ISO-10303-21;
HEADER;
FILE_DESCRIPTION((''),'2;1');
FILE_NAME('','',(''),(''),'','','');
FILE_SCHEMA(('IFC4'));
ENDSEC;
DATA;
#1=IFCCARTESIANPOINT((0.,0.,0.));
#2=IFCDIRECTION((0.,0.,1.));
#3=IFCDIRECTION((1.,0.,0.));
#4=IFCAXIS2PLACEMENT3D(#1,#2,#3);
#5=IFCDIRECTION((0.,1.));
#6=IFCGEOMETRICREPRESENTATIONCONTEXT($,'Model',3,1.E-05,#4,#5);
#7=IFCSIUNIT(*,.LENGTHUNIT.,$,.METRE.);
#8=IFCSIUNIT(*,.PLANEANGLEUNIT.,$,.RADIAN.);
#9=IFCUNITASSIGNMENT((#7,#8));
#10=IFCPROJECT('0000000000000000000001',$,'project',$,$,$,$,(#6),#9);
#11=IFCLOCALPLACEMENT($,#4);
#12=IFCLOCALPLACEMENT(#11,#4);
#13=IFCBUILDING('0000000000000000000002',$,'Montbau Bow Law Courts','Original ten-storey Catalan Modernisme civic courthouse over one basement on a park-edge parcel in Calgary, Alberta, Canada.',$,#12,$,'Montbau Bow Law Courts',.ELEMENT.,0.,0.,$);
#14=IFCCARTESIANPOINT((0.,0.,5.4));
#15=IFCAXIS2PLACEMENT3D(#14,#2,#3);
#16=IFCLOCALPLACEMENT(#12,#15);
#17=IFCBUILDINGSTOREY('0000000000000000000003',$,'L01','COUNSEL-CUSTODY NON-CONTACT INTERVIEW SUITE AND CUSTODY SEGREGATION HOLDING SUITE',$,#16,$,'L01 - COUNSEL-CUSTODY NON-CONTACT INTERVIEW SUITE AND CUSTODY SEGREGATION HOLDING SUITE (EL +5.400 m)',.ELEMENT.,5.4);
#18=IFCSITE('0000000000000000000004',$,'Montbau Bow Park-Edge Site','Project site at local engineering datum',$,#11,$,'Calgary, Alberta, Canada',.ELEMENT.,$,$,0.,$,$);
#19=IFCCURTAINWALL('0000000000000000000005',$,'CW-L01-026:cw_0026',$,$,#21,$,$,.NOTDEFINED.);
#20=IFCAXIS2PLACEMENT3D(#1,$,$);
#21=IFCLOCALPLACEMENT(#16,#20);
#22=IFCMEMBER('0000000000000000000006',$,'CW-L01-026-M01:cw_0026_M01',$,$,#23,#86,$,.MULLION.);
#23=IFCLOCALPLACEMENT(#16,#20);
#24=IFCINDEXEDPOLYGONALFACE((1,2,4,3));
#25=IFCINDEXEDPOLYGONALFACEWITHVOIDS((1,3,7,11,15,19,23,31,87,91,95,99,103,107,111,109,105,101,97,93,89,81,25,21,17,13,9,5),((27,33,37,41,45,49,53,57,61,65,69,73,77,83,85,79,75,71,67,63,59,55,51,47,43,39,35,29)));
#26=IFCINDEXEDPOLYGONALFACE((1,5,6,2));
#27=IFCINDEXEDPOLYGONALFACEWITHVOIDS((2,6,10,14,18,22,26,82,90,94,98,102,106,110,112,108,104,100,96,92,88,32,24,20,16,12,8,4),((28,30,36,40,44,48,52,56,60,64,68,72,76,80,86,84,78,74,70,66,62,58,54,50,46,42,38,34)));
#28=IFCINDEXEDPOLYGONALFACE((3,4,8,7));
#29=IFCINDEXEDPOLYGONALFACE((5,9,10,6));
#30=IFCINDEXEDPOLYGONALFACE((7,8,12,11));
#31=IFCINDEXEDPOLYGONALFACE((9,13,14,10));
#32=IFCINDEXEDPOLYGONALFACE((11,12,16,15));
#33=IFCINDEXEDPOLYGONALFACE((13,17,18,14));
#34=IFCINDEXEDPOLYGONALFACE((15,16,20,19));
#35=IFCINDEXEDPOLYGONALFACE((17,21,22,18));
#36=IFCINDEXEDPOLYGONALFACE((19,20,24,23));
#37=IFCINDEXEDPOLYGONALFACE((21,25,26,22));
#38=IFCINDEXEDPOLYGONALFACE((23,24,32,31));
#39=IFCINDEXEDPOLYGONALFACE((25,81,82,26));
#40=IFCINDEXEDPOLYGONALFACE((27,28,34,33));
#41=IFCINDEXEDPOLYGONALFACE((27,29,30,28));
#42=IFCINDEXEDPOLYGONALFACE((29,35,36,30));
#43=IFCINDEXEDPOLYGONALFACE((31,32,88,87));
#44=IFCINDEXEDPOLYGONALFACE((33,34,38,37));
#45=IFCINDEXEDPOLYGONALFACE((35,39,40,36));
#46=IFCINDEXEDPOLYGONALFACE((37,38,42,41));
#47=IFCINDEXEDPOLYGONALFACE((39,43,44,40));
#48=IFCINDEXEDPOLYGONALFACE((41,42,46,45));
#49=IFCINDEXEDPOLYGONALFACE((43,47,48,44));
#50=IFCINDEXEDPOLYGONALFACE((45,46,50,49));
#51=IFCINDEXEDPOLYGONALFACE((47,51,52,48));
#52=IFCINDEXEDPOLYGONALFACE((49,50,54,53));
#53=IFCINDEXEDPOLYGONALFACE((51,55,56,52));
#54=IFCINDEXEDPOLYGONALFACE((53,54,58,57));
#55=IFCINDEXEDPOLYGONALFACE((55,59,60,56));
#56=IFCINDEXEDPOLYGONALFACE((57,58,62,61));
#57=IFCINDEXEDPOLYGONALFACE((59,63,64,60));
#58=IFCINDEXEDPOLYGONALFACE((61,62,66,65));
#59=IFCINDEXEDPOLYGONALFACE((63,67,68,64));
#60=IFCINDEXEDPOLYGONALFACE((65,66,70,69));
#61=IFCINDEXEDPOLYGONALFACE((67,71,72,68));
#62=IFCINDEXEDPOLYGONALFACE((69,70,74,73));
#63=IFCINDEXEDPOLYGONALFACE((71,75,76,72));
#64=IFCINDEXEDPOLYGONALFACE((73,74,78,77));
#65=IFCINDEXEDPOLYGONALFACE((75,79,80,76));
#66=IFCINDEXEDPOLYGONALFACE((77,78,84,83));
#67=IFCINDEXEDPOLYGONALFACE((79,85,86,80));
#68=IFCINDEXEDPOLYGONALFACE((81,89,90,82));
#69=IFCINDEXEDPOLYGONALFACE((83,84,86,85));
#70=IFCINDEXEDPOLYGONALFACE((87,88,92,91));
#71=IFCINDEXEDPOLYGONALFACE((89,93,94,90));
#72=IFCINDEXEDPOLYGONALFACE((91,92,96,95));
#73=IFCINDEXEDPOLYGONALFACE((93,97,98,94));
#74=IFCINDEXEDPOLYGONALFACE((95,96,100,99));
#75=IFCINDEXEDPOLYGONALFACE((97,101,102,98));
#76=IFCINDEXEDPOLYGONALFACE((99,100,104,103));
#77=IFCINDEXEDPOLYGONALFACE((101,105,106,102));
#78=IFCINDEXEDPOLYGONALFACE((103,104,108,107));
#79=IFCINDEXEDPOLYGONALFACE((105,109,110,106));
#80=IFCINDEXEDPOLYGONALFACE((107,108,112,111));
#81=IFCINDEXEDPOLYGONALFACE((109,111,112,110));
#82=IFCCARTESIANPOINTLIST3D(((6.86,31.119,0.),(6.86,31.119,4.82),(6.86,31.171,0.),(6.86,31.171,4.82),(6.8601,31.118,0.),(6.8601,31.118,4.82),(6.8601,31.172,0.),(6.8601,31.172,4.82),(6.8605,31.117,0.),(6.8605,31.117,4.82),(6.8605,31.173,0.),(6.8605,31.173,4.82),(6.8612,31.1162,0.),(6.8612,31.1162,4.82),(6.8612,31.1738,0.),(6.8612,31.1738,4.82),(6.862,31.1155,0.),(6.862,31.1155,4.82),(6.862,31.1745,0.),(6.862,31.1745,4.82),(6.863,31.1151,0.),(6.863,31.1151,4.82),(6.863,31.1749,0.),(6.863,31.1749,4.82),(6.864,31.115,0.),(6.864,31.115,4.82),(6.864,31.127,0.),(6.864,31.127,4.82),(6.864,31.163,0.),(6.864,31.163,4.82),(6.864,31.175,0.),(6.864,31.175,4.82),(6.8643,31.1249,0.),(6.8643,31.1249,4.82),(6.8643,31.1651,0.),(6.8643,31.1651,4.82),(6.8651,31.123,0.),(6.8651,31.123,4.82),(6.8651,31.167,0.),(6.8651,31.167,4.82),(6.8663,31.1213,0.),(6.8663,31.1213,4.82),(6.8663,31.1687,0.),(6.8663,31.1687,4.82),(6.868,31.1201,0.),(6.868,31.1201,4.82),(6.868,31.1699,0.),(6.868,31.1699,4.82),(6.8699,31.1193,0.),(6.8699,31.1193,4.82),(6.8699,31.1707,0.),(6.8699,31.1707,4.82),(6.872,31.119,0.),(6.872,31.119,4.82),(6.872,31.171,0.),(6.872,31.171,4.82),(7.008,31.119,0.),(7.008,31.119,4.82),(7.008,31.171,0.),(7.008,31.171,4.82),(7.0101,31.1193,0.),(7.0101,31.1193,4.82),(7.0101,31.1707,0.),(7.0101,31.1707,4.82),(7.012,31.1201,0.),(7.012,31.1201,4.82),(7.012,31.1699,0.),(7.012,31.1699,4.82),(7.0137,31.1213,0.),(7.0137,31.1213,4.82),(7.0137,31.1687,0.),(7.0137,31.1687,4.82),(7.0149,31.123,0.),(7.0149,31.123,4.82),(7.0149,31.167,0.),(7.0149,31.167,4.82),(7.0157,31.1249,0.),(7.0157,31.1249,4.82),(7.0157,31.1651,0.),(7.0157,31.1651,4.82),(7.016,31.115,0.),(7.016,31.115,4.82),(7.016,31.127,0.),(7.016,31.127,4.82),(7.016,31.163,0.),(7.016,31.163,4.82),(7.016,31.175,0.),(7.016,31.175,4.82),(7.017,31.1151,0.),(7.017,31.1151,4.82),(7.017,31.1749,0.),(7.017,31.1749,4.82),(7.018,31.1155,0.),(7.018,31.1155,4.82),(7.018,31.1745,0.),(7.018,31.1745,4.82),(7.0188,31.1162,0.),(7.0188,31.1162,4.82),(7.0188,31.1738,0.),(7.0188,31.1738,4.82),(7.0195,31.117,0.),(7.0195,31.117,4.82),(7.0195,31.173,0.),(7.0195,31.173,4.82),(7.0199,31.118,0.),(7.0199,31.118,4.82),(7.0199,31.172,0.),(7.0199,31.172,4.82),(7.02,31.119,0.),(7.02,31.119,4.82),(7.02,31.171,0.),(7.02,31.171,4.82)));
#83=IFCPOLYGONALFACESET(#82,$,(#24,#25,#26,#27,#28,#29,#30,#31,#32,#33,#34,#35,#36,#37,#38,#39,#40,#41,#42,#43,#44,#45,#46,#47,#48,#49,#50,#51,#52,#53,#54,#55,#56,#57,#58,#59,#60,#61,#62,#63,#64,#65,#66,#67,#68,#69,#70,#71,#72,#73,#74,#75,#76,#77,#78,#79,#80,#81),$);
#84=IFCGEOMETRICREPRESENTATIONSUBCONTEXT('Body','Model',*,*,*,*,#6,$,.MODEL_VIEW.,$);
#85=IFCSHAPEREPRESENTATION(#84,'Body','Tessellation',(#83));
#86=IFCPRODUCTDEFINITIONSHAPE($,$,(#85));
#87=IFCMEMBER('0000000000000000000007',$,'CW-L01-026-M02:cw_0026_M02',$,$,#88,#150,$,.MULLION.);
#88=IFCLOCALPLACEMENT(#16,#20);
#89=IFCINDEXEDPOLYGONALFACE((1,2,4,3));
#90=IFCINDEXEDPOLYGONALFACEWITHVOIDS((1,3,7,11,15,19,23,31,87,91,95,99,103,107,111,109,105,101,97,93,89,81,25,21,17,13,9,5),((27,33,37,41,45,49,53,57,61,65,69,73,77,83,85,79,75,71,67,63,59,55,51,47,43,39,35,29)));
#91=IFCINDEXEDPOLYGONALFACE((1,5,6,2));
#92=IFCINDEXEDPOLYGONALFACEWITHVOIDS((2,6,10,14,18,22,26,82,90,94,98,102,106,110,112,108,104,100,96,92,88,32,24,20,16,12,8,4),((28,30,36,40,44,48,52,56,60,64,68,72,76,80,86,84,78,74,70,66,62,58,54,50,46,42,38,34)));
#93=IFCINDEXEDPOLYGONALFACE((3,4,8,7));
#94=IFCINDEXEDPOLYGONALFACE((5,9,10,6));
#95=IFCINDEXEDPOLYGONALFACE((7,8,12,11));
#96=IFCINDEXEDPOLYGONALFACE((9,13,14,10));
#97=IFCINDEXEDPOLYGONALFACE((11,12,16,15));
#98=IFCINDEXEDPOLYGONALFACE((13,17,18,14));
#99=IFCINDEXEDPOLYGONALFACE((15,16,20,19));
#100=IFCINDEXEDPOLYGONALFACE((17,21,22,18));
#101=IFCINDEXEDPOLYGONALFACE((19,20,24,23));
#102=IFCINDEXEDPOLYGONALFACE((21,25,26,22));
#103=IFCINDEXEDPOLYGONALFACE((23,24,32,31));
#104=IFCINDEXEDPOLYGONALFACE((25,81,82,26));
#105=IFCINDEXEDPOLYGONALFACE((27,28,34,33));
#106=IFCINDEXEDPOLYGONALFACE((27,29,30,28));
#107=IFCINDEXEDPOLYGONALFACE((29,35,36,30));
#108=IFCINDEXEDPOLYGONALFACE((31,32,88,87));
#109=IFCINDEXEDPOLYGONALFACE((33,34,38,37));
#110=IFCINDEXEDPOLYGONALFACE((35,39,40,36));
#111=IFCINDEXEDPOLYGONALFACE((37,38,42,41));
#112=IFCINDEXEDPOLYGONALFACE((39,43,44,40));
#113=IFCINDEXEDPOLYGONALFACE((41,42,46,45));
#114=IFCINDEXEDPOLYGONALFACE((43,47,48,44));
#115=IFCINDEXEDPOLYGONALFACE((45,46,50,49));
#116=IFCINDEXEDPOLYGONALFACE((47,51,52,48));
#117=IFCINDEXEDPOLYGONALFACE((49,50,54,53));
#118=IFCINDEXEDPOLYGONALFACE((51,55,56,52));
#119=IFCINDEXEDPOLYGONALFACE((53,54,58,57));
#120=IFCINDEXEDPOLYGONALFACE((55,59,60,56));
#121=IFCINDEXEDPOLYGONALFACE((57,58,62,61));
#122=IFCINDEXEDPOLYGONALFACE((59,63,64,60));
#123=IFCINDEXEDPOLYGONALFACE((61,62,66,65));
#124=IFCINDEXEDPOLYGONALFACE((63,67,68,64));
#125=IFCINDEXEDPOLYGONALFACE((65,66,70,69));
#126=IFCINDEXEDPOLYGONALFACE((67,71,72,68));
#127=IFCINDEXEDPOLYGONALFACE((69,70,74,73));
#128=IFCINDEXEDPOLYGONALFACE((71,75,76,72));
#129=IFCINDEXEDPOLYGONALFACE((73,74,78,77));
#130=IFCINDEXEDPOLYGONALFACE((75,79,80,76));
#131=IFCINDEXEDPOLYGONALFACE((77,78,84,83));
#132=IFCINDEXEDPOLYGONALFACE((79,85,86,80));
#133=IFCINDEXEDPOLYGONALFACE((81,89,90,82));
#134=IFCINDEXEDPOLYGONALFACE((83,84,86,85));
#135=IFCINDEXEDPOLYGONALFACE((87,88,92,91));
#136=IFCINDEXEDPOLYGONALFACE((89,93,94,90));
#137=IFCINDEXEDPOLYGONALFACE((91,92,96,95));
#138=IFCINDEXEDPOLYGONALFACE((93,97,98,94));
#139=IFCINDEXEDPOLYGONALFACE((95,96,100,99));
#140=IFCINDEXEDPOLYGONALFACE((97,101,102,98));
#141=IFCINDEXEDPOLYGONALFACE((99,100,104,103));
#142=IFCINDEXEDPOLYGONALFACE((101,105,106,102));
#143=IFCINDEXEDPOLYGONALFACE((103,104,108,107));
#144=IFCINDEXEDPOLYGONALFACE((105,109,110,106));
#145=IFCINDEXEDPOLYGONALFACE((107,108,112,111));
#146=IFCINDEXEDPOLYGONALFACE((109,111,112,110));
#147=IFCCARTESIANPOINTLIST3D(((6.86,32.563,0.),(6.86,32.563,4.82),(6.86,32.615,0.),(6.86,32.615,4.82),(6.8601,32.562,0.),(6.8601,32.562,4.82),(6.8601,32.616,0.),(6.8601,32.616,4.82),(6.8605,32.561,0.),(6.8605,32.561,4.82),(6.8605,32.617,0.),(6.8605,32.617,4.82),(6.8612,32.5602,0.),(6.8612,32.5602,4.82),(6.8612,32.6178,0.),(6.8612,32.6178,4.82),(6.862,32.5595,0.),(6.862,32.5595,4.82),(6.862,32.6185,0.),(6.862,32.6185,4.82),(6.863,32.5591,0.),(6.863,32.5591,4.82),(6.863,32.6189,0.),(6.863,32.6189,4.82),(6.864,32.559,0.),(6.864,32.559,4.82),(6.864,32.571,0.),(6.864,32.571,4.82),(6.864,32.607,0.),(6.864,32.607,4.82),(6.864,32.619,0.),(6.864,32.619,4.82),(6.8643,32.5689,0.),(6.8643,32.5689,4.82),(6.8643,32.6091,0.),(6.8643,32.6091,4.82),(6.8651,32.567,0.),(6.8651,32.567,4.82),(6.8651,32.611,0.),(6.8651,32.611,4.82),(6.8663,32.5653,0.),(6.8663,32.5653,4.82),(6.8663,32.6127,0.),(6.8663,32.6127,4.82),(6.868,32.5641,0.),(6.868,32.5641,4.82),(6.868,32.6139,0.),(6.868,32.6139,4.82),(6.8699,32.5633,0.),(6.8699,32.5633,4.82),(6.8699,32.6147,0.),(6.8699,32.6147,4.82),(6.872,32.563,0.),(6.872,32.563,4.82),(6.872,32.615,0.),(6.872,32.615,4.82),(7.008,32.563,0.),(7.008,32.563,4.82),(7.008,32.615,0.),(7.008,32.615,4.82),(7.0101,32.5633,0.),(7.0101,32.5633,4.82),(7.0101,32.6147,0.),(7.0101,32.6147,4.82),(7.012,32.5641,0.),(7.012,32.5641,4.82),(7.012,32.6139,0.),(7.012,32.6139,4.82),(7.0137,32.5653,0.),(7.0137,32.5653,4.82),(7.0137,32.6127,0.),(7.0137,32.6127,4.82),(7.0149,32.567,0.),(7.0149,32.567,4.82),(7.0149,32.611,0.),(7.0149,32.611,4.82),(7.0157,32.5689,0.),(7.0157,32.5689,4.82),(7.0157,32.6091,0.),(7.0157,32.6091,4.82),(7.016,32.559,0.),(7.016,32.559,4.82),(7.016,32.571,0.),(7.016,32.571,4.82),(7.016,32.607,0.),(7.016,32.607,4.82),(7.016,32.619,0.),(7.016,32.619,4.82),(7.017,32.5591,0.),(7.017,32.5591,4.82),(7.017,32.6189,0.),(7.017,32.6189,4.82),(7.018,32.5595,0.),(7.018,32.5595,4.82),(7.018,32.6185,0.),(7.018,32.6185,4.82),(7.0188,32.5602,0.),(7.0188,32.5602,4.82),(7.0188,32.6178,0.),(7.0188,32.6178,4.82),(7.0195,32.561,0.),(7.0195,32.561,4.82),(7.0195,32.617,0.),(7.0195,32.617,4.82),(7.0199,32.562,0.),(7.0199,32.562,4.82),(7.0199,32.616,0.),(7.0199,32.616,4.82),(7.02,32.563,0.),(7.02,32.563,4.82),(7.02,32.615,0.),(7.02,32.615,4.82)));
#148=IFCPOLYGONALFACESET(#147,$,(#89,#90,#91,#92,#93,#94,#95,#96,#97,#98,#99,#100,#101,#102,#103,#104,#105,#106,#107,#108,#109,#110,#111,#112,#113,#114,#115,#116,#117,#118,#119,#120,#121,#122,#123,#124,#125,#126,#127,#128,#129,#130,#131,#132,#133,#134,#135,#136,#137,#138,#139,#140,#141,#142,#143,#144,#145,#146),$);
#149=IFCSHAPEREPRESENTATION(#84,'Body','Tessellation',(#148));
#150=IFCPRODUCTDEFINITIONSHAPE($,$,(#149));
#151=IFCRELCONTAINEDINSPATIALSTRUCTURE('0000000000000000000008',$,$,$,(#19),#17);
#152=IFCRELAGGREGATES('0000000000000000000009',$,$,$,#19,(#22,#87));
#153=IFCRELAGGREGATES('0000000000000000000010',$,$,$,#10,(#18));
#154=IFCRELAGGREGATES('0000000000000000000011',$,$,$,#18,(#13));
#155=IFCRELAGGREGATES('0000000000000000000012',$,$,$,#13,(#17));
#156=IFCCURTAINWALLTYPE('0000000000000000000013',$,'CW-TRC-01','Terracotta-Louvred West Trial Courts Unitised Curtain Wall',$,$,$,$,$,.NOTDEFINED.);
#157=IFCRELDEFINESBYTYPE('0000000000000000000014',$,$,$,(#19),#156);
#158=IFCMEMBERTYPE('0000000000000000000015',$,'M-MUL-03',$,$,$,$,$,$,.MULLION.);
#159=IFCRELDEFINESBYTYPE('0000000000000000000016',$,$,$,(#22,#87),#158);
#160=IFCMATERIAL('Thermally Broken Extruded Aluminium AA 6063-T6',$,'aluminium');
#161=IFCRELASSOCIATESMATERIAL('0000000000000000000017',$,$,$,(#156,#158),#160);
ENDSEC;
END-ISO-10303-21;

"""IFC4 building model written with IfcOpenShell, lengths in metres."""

from ifc_helpers import new_model, si_unit, direction, frame, origin_with_axes, origin_2d_with_axis, place, context, subcontext, project, spatial, hollow_rectangle, extrude, material, material_profile, profile_set, type_object, element, aggregate, save


model = new_model("IFC4")

# Units and contexts
model_context = context("Model", 3, precision=1e-05, world=origin_with_axes(), true_north=direction((0.0, 1.0)))
body_context = subcontext(model_context, "Body", "Model", "MODEL_VIEW")
ifc_project = project(units=[si_unit("LENGTHUNIT", "METRE"), si_unit("PLANEANGLEUNIT", "RADIAN")], contexts=[model_context])

# Site, building, storey
site_placement = place(None, origin_with_axes())
site = spatial("IfcSite", under=ifc_project, at=site_placement, Name="Montbau Bow Park-Edge Site", Description="Project site at local engineering datum", LongName="Calgary, Alberta, Canada", CompositionType="ELEMENT", RefElevation=0.0)
building_placement = place(site_placement, origin_with_axes())
building = spatial("IfcBuilding", under=site, at=building_placement, Name="Montbau Bow Law Courts", Description="Original ten-storey Catalan Modernisme civic courthouse over one basement on a park-edge parcel in Calgary, Alberta, Canada.", LongName="Montbau Bow Law Courts", CompositionType="ELEMENT", ElevationOfRefHeight=0.0, ElevationOfTerrain=0.0)
storey_placement = place(building_placement, frame((0.0, 0.0, 5.4), z_axis=(0.0, 0.0, 1.0), x_axis=(1.0, 0.0, 0.0)))
storey = spatial("IfcBuildingStorey", under=building, at=storey_placement, Name="L01", Description="COUNSEL-CUSTODY NON-CONTACT INTERVIEW SUITE AND CUSTODY SEGREGATION HOLDING SUITE", LongName="L01 - COUNSEL-CUSTODY NON-CONTACT INTERVIEW SUITE AND CUSTODY SEGREGATION HOLDING SUITE (EL +5.400 m)", CompositionType="ELEMENT", Elevation=5.4)

# Curtain wall, members
ifc_material_1 = material(Name="Thermally Broken Extruded Aluminium AA 6063-T6", Category="aluminium")
curtain_wall_type = type_object("IfcCurtainWallType", Name="CW-TRC-01", Description="Terracotta-Louvred West Trial Courts Unitised Curtain Wall", PredefinedType="NOTDEFINED", material=ifc_material_1)
curtain_wall_1_placement = place(None, frame((6.94, 31.115, 5.4), z_axis=(0.0, 0.0, 1.0), x_axis=(1.0, 0.0, 0.0)))
curtain_wall_1 = element("IfcCurtainWall", 1, at=curtain_wall_1_placement, inside=storey, type_object=curtain_wall_type, Name="CW-L01-026:cw_0026", PredefinedType="NOTDEFINED")
ifc_material_profile_1 = material_profile(ifc_material_1, hollow_rectangle(XDim=0.06, YDim=0.16, WallThickness=0.004, InnerFilletRadius=0.008, OuterFilletRadius=0.004, at=origin_2d_with_axis()), Name="CWM-160X60", Category="Main", Priority=0)
ifc_profile_set_1 = profile_set([ifc_material_profile_1], Name="Thermally Broken Extruded Aluminium AA 6063-T6")
member_type_1 = type_object("IfcMemberType", Name="M-MUL-03", PredefinedType="MULLION", material=ifc_profile_set_1)
member_1_placement = place(None, frame((6.94, 31.145, 5.4), z_axis=(0.0, 0.0, 1.0), x_axis=(0.0, 1.0, 0.0)))
member_1 = element("IfcMember", 2, at=member_1_placement, type_object=member_type_1, Name="CW-L01-026-M01:cw_0026_M01", PredefinedType="MULLION", context=body_context, shape_type="SweptSolid", body=[
    extrude(hollow_rectangle(XDim=0.06, YDim=0.16, WallThickness=0.004, InnerFilletRadius=0.008, OuterFilletRadius=0.004, at=origin_2d_with_axis()), origin_with_axes(), (0.0, 0.0, 1.0), 4.82),
])
member_2_placement = place(None, frame((6.94, 32.589, 5.4), z_axis=(0.0, 0.0, 1.0), x_axis=(0.0, 1.0, 0.0)))
member_2 = element("IfcMember", 3, at=member_2_placement, type_object=member_type_1, Name="CW-L01-026-M02:cw_0026_M02", PredefinedType="MULLION", context=body_context, shape_type="SweptSolid", body=[
    extrude(hollow_rectangle(XDim=0.06, YDim=0.16, WallThickness=0.004, InnerFilletRadius=0.008, OuterFilletRadius=0.004, at=origin_2d_with_axis()), origin_with_axes(), (0.0, 0.0, 1.0), 4.82),
])

aggregate(curtain_wall_1, [member_1, member_2])

save(model, "model.ifc")
